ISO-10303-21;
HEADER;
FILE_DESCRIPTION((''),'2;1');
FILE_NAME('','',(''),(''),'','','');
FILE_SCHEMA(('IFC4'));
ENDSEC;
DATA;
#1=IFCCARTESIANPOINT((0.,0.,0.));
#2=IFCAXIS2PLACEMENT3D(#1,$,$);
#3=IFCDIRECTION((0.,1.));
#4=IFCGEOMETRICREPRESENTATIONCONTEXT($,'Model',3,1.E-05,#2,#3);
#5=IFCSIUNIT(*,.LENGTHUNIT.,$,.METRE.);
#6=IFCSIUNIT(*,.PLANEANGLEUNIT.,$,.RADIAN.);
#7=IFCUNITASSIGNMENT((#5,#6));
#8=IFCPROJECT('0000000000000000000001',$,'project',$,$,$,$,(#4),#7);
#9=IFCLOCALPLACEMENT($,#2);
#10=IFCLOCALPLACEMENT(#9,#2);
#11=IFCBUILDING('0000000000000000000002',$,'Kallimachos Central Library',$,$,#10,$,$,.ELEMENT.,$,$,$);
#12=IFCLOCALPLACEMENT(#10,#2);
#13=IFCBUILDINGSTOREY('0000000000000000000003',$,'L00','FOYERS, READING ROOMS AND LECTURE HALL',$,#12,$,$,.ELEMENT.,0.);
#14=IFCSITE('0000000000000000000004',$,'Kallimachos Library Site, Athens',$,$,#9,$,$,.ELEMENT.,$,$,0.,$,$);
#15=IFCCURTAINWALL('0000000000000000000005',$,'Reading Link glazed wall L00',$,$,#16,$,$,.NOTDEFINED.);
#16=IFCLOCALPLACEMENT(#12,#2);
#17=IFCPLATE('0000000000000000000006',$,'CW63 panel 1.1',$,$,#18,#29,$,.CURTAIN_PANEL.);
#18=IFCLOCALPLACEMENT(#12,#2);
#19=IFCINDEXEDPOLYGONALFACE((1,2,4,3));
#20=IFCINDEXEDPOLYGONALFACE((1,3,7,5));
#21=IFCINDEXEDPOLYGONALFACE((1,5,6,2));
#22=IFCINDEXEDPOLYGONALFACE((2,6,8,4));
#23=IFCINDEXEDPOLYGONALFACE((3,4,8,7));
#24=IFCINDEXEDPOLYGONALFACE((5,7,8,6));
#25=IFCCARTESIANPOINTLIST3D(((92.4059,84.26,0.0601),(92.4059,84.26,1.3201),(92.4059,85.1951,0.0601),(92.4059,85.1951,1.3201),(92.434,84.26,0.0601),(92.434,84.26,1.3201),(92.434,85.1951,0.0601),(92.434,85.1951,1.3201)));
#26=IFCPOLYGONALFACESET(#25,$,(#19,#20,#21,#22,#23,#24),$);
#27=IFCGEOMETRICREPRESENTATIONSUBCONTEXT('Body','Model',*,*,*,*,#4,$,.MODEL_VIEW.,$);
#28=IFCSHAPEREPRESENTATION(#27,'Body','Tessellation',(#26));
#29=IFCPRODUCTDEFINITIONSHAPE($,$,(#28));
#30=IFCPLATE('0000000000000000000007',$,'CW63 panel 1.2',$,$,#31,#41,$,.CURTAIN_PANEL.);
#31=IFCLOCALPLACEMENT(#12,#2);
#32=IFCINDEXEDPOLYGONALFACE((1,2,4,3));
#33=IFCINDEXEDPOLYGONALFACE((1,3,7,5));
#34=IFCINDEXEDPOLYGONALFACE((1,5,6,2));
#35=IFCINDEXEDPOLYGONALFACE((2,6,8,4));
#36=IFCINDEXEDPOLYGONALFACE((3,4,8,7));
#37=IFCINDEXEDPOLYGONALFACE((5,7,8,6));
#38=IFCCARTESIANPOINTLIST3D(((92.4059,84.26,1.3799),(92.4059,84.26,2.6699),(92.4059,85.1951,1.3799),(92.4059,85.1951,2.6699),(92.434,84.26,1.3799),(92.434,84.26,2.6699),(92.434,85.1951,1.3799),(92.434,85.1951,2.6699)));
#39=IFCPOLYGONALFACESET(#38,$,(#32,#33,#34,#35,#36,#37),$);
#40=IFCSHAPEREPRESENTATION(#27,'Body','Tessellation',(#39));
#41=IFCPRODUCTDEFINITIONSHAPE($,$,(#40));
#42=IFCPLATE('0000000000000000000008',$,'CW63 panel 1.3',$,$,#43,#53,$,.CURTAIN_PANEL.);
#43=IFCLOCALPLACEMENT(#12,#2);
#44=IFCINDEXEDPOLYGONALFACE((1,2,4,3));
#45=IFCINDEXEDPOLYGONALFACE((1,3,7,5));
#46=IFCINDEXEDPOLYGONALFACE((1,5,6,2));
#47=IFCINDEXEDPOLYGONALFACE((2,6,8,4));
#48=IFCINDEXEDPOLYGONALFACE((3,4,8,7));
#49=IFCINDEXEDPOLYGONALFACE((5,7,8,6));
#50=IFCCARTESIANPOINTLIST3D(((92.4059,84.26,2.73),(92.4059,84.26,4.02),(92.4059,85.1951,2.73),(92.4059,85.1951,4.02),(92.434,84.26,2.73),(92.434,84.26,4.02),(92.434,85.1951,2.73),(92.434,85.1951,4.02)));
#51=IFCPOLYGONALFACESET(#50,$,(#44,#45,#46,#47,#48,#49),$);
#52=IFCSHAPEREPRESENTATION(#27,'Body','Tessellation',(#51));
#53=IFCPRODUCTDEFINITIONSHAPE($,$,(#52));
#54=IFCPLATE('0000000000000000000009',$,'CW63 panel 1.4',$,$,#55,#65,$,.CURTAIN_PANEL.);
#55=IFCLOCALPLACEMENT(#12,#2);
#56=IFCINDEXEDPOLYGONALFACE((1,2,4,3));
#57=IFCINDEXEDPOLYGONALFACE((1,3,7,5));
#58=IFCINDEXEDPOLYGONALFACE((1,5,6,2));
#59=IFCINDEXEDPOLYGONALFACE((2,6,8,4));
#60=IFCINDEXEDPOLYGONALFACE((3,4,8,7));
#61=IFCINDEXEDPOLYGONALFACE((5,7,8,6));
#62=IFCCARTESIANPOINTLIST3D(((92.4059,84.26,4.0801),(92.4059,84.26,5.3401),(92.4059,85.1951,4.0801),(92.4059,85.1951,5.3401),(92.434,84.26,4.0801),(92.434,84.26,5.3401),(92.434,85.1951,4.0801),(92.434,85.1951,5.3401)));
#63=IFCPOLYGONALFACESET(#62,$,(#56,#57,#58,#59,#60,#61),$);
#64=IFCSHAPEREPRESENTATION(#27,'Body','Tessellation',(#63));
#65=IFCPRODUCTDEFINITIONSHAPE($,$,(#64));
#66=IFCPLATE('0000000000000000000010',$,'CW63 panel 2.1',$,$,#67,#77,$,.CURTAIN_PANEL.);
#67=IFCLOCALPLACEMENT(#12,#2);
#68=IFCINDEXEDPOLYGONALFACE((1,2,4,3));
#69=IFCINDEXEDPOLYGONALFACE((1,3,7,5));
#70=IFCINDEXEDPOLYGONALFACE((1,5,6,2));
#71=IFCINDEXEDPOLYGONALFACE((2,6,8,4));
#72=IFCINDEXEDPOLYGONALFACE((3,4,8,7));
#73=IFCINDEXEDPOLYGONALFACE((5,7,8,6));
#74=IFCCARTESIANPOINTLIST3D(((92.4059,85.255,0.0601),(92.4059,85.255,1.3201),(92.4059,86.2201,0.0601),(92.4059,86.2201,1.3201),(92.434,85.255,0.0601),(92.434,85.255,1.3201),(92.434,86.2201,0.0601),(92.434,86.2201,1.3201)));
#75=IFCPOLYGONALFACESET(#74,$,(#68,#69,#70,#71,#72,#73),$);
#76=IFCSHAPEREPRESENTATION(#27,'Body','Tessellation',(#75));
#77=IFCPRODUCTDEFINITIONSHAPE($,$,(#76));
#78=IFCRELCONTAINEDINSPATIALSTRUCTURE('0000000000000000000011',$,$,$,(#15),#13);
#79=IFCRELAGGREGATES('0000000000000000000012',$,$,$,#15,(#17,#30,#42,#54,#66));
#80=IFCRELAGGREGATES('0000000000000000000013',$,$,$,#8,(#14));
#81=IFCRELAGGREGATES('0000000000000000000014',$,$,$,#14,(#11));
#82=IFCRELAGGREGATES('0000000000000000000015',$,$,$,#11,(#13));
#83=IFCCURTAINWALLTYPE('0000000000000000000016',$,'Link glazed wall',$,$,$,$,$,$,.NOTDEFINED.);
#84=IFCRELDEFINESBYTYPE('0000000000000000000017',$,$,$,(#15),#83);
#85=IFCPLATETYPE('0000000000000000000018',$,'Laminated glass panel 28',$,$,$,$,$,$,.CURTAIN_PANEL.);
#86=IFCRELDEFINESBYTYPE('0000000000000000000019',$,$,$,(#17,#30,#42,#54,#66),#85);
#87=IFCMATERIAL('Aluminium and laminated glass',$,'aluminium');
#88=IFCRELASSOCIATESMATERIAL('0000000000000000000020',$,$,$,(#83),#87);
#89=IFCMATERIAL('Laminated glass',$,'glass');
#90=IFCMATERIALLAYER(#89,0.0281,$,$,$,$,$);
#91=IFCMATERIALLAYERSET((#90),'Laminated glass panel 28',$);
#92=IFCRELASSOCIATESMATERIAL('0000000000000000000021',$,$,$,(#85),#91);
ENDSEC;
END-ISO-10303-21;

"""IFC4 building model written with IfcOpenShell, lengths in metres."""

from ifc_helpers import new_model, si_unit, direction, frame, origin, origin_2d, place, context, subcontext, project, spatial, rectangle, extrude, material, layer, layer_set, type_object, element, aggregate, save


model = new_model("IFC4")

# Units and contexts
model_context = context("Model", 3, precision=1e-05, world=origin(), true_north=direction((0.0, 1.0)))
body_context = subcontext(model_context, "Body", "Model", "MODEL_VIEW")
ifc_project = project(units=[si_unit("LENGTHUNIT", "METRE"), si_unit("PLANEANGLEUNIT", "RADIAN")], contexts=[model_context])

# Site, building, storey
site_placement = place(None, origin())
site = spatial("IfcSite", under=ifc_project, at=site_placement, Name="Kallimachos Library Site, Athens", CompositionType="ELEMENT", RefElevation=0.0)
building_placement = place(site_placement, origin())
building = spatial("IfcBuilding", under=site, at=building_placement, Name="Kallimachos Central Library", CompositionType="ELEMENT")
storey_placement = place(building_placement, origin())
storey = spatial("IfcBuildingStorey", under=building, at=storey_placement, Name="L00", Description="FOYERS, READING ROOMS AND LECTURE HALL", CompositionType="ELEMENT", Elevation=0.0)

# Curtain wall, plates
ifc_material_1 = material(Name="Aluminium and laminated glass", Category="aluminium")
curtain_wall_type = type_object("IfcCurtainWallType", Name="Link glazed wall", PredefinedType="NOTDEFINED", material=ifc_material_1)
curtain_wall_placement = place(storey_placement, origin())
curtain_wall = element("IfcCurtainWall", 1, at=curtain_wall_placement, inside=storey, type_object=curtain_wall_type, Name="Reading Link glazed wall L00", PredefinedType="NOTDEFINED")
ifc_material_2 = material(Name="Laminated glass", Category="glass")
ifc_layer = layer(ifc_material_2, 0.0281)
ifc_layer_set = layer_set([ifc_layer], Name="Laminated glass panel 28")
plate_type = type_object("IfcPlateType", Name="Laminated glass panel 28", PredefinedType="CURTAIN_PANEL", material=ifc_layer_set)
plate_1_placement = place(storey_placement, frame((92.4199, 84.7275, 0.0601), z_axis=(0.0, 0.0, 1.0), x_axis=(0.0, 1.0, 0.0)))
plate_1 = element("IfcPlate", 2, at=plate_1_placement, type_object=plate_type, Name="CW63 panel 1.1", PredefinedType="CURTAIN_PANEL", context=body_context, shape_type="SweptSolid", body=[
    extrude(rectangle(XDim=0.9351, YDim=0.0281, at=origin_2d()), origin(), (0.0, 0.0, 1.0), 1.26),
])
plate_2_placement = place(storey_placement, frame((92.4199, 84.7275, 1.3799), z_axis=(0.0, 0.0, 1.0), x_axis=(0.0, 1.0, 0.0)))
plate_2 = element("IfcPlate", 3, at=plate_2_placement, type_object=plate_type, Name="CW63 panel 1.2", PredefinedType="CURTAIN_PANEL", context=body_context, shape_type="SweptSolid", body=[
    extrude(rectangle(XDim=0.9351, YDim=0.0281, at=origin_2d()), origin(), (0.0, 0.0, 1.0), 1.29),
])
plate_3_placement = place(storey_placement, frame((92.4199, 84.7275, 2.73), z_axis=(0.0, 0.0, 1.0), x_axis=(0.0, 1.0, 0.0)))
plate_3 = element("IfcPlate", 4, at=plate_3_placement, type_object=plate_type, Name="CW63 panel 1.3", PredefinedType="CURTAIN_PANEL", context=body_context, shape_type="SweptSolid", body=[
    extrude(rectangle(XDim=0.9351, YDim=0.0281, at=origin_2d()), origin(), (0.0, 0.0, 1.0), 1.29),
])
plate_4_placement = place(storey_placement, frame((92.4199, 84.7275, 4.0801), z_axis=(0.0, 0.0, 1.0), x_axis=(0.0, 1.0, 0.0)))
plate_4 = element("IfcPlate", 5, at=plate_4_placement, type_object=plate_type, Name="CW63 panel 1.4", PredefinedType="CURTAIN_PANEL", context=body_context, shape_type="SweptSolid", body=[
    extrude(rectangle(XDim=0.9351, YDim=0.0281, at=origin_2d()), origin(), (0.0, 0.0, 1.0), 1.26),
])
plate_5_placement = place(storey_placement, frame((92.4199, 85.7375, 0.0601), z_axis=(0.0, 0.0, 1.0), x_axis=(0.0, 1.0, 0.0)))
plate_5 = element("IfcPlate", 6, at=plate_5_placement, type_object=plate_type, Name="CW63 panel 2.1", PredefinedType="CURTAIN_PANEL", context=body_context, shape_type="SweptSolid", body=[
    extrude(rectangle(XDim=0.9651, YDim=0.0281, at=origin_2d()), origin(), (0.0, 0.0, 1.0), 1.26),
])
aggregate(curtain_wall, [plate_1, plate_2, plate_3, plate_4, plate_5])

save(model, "model.ifc")
